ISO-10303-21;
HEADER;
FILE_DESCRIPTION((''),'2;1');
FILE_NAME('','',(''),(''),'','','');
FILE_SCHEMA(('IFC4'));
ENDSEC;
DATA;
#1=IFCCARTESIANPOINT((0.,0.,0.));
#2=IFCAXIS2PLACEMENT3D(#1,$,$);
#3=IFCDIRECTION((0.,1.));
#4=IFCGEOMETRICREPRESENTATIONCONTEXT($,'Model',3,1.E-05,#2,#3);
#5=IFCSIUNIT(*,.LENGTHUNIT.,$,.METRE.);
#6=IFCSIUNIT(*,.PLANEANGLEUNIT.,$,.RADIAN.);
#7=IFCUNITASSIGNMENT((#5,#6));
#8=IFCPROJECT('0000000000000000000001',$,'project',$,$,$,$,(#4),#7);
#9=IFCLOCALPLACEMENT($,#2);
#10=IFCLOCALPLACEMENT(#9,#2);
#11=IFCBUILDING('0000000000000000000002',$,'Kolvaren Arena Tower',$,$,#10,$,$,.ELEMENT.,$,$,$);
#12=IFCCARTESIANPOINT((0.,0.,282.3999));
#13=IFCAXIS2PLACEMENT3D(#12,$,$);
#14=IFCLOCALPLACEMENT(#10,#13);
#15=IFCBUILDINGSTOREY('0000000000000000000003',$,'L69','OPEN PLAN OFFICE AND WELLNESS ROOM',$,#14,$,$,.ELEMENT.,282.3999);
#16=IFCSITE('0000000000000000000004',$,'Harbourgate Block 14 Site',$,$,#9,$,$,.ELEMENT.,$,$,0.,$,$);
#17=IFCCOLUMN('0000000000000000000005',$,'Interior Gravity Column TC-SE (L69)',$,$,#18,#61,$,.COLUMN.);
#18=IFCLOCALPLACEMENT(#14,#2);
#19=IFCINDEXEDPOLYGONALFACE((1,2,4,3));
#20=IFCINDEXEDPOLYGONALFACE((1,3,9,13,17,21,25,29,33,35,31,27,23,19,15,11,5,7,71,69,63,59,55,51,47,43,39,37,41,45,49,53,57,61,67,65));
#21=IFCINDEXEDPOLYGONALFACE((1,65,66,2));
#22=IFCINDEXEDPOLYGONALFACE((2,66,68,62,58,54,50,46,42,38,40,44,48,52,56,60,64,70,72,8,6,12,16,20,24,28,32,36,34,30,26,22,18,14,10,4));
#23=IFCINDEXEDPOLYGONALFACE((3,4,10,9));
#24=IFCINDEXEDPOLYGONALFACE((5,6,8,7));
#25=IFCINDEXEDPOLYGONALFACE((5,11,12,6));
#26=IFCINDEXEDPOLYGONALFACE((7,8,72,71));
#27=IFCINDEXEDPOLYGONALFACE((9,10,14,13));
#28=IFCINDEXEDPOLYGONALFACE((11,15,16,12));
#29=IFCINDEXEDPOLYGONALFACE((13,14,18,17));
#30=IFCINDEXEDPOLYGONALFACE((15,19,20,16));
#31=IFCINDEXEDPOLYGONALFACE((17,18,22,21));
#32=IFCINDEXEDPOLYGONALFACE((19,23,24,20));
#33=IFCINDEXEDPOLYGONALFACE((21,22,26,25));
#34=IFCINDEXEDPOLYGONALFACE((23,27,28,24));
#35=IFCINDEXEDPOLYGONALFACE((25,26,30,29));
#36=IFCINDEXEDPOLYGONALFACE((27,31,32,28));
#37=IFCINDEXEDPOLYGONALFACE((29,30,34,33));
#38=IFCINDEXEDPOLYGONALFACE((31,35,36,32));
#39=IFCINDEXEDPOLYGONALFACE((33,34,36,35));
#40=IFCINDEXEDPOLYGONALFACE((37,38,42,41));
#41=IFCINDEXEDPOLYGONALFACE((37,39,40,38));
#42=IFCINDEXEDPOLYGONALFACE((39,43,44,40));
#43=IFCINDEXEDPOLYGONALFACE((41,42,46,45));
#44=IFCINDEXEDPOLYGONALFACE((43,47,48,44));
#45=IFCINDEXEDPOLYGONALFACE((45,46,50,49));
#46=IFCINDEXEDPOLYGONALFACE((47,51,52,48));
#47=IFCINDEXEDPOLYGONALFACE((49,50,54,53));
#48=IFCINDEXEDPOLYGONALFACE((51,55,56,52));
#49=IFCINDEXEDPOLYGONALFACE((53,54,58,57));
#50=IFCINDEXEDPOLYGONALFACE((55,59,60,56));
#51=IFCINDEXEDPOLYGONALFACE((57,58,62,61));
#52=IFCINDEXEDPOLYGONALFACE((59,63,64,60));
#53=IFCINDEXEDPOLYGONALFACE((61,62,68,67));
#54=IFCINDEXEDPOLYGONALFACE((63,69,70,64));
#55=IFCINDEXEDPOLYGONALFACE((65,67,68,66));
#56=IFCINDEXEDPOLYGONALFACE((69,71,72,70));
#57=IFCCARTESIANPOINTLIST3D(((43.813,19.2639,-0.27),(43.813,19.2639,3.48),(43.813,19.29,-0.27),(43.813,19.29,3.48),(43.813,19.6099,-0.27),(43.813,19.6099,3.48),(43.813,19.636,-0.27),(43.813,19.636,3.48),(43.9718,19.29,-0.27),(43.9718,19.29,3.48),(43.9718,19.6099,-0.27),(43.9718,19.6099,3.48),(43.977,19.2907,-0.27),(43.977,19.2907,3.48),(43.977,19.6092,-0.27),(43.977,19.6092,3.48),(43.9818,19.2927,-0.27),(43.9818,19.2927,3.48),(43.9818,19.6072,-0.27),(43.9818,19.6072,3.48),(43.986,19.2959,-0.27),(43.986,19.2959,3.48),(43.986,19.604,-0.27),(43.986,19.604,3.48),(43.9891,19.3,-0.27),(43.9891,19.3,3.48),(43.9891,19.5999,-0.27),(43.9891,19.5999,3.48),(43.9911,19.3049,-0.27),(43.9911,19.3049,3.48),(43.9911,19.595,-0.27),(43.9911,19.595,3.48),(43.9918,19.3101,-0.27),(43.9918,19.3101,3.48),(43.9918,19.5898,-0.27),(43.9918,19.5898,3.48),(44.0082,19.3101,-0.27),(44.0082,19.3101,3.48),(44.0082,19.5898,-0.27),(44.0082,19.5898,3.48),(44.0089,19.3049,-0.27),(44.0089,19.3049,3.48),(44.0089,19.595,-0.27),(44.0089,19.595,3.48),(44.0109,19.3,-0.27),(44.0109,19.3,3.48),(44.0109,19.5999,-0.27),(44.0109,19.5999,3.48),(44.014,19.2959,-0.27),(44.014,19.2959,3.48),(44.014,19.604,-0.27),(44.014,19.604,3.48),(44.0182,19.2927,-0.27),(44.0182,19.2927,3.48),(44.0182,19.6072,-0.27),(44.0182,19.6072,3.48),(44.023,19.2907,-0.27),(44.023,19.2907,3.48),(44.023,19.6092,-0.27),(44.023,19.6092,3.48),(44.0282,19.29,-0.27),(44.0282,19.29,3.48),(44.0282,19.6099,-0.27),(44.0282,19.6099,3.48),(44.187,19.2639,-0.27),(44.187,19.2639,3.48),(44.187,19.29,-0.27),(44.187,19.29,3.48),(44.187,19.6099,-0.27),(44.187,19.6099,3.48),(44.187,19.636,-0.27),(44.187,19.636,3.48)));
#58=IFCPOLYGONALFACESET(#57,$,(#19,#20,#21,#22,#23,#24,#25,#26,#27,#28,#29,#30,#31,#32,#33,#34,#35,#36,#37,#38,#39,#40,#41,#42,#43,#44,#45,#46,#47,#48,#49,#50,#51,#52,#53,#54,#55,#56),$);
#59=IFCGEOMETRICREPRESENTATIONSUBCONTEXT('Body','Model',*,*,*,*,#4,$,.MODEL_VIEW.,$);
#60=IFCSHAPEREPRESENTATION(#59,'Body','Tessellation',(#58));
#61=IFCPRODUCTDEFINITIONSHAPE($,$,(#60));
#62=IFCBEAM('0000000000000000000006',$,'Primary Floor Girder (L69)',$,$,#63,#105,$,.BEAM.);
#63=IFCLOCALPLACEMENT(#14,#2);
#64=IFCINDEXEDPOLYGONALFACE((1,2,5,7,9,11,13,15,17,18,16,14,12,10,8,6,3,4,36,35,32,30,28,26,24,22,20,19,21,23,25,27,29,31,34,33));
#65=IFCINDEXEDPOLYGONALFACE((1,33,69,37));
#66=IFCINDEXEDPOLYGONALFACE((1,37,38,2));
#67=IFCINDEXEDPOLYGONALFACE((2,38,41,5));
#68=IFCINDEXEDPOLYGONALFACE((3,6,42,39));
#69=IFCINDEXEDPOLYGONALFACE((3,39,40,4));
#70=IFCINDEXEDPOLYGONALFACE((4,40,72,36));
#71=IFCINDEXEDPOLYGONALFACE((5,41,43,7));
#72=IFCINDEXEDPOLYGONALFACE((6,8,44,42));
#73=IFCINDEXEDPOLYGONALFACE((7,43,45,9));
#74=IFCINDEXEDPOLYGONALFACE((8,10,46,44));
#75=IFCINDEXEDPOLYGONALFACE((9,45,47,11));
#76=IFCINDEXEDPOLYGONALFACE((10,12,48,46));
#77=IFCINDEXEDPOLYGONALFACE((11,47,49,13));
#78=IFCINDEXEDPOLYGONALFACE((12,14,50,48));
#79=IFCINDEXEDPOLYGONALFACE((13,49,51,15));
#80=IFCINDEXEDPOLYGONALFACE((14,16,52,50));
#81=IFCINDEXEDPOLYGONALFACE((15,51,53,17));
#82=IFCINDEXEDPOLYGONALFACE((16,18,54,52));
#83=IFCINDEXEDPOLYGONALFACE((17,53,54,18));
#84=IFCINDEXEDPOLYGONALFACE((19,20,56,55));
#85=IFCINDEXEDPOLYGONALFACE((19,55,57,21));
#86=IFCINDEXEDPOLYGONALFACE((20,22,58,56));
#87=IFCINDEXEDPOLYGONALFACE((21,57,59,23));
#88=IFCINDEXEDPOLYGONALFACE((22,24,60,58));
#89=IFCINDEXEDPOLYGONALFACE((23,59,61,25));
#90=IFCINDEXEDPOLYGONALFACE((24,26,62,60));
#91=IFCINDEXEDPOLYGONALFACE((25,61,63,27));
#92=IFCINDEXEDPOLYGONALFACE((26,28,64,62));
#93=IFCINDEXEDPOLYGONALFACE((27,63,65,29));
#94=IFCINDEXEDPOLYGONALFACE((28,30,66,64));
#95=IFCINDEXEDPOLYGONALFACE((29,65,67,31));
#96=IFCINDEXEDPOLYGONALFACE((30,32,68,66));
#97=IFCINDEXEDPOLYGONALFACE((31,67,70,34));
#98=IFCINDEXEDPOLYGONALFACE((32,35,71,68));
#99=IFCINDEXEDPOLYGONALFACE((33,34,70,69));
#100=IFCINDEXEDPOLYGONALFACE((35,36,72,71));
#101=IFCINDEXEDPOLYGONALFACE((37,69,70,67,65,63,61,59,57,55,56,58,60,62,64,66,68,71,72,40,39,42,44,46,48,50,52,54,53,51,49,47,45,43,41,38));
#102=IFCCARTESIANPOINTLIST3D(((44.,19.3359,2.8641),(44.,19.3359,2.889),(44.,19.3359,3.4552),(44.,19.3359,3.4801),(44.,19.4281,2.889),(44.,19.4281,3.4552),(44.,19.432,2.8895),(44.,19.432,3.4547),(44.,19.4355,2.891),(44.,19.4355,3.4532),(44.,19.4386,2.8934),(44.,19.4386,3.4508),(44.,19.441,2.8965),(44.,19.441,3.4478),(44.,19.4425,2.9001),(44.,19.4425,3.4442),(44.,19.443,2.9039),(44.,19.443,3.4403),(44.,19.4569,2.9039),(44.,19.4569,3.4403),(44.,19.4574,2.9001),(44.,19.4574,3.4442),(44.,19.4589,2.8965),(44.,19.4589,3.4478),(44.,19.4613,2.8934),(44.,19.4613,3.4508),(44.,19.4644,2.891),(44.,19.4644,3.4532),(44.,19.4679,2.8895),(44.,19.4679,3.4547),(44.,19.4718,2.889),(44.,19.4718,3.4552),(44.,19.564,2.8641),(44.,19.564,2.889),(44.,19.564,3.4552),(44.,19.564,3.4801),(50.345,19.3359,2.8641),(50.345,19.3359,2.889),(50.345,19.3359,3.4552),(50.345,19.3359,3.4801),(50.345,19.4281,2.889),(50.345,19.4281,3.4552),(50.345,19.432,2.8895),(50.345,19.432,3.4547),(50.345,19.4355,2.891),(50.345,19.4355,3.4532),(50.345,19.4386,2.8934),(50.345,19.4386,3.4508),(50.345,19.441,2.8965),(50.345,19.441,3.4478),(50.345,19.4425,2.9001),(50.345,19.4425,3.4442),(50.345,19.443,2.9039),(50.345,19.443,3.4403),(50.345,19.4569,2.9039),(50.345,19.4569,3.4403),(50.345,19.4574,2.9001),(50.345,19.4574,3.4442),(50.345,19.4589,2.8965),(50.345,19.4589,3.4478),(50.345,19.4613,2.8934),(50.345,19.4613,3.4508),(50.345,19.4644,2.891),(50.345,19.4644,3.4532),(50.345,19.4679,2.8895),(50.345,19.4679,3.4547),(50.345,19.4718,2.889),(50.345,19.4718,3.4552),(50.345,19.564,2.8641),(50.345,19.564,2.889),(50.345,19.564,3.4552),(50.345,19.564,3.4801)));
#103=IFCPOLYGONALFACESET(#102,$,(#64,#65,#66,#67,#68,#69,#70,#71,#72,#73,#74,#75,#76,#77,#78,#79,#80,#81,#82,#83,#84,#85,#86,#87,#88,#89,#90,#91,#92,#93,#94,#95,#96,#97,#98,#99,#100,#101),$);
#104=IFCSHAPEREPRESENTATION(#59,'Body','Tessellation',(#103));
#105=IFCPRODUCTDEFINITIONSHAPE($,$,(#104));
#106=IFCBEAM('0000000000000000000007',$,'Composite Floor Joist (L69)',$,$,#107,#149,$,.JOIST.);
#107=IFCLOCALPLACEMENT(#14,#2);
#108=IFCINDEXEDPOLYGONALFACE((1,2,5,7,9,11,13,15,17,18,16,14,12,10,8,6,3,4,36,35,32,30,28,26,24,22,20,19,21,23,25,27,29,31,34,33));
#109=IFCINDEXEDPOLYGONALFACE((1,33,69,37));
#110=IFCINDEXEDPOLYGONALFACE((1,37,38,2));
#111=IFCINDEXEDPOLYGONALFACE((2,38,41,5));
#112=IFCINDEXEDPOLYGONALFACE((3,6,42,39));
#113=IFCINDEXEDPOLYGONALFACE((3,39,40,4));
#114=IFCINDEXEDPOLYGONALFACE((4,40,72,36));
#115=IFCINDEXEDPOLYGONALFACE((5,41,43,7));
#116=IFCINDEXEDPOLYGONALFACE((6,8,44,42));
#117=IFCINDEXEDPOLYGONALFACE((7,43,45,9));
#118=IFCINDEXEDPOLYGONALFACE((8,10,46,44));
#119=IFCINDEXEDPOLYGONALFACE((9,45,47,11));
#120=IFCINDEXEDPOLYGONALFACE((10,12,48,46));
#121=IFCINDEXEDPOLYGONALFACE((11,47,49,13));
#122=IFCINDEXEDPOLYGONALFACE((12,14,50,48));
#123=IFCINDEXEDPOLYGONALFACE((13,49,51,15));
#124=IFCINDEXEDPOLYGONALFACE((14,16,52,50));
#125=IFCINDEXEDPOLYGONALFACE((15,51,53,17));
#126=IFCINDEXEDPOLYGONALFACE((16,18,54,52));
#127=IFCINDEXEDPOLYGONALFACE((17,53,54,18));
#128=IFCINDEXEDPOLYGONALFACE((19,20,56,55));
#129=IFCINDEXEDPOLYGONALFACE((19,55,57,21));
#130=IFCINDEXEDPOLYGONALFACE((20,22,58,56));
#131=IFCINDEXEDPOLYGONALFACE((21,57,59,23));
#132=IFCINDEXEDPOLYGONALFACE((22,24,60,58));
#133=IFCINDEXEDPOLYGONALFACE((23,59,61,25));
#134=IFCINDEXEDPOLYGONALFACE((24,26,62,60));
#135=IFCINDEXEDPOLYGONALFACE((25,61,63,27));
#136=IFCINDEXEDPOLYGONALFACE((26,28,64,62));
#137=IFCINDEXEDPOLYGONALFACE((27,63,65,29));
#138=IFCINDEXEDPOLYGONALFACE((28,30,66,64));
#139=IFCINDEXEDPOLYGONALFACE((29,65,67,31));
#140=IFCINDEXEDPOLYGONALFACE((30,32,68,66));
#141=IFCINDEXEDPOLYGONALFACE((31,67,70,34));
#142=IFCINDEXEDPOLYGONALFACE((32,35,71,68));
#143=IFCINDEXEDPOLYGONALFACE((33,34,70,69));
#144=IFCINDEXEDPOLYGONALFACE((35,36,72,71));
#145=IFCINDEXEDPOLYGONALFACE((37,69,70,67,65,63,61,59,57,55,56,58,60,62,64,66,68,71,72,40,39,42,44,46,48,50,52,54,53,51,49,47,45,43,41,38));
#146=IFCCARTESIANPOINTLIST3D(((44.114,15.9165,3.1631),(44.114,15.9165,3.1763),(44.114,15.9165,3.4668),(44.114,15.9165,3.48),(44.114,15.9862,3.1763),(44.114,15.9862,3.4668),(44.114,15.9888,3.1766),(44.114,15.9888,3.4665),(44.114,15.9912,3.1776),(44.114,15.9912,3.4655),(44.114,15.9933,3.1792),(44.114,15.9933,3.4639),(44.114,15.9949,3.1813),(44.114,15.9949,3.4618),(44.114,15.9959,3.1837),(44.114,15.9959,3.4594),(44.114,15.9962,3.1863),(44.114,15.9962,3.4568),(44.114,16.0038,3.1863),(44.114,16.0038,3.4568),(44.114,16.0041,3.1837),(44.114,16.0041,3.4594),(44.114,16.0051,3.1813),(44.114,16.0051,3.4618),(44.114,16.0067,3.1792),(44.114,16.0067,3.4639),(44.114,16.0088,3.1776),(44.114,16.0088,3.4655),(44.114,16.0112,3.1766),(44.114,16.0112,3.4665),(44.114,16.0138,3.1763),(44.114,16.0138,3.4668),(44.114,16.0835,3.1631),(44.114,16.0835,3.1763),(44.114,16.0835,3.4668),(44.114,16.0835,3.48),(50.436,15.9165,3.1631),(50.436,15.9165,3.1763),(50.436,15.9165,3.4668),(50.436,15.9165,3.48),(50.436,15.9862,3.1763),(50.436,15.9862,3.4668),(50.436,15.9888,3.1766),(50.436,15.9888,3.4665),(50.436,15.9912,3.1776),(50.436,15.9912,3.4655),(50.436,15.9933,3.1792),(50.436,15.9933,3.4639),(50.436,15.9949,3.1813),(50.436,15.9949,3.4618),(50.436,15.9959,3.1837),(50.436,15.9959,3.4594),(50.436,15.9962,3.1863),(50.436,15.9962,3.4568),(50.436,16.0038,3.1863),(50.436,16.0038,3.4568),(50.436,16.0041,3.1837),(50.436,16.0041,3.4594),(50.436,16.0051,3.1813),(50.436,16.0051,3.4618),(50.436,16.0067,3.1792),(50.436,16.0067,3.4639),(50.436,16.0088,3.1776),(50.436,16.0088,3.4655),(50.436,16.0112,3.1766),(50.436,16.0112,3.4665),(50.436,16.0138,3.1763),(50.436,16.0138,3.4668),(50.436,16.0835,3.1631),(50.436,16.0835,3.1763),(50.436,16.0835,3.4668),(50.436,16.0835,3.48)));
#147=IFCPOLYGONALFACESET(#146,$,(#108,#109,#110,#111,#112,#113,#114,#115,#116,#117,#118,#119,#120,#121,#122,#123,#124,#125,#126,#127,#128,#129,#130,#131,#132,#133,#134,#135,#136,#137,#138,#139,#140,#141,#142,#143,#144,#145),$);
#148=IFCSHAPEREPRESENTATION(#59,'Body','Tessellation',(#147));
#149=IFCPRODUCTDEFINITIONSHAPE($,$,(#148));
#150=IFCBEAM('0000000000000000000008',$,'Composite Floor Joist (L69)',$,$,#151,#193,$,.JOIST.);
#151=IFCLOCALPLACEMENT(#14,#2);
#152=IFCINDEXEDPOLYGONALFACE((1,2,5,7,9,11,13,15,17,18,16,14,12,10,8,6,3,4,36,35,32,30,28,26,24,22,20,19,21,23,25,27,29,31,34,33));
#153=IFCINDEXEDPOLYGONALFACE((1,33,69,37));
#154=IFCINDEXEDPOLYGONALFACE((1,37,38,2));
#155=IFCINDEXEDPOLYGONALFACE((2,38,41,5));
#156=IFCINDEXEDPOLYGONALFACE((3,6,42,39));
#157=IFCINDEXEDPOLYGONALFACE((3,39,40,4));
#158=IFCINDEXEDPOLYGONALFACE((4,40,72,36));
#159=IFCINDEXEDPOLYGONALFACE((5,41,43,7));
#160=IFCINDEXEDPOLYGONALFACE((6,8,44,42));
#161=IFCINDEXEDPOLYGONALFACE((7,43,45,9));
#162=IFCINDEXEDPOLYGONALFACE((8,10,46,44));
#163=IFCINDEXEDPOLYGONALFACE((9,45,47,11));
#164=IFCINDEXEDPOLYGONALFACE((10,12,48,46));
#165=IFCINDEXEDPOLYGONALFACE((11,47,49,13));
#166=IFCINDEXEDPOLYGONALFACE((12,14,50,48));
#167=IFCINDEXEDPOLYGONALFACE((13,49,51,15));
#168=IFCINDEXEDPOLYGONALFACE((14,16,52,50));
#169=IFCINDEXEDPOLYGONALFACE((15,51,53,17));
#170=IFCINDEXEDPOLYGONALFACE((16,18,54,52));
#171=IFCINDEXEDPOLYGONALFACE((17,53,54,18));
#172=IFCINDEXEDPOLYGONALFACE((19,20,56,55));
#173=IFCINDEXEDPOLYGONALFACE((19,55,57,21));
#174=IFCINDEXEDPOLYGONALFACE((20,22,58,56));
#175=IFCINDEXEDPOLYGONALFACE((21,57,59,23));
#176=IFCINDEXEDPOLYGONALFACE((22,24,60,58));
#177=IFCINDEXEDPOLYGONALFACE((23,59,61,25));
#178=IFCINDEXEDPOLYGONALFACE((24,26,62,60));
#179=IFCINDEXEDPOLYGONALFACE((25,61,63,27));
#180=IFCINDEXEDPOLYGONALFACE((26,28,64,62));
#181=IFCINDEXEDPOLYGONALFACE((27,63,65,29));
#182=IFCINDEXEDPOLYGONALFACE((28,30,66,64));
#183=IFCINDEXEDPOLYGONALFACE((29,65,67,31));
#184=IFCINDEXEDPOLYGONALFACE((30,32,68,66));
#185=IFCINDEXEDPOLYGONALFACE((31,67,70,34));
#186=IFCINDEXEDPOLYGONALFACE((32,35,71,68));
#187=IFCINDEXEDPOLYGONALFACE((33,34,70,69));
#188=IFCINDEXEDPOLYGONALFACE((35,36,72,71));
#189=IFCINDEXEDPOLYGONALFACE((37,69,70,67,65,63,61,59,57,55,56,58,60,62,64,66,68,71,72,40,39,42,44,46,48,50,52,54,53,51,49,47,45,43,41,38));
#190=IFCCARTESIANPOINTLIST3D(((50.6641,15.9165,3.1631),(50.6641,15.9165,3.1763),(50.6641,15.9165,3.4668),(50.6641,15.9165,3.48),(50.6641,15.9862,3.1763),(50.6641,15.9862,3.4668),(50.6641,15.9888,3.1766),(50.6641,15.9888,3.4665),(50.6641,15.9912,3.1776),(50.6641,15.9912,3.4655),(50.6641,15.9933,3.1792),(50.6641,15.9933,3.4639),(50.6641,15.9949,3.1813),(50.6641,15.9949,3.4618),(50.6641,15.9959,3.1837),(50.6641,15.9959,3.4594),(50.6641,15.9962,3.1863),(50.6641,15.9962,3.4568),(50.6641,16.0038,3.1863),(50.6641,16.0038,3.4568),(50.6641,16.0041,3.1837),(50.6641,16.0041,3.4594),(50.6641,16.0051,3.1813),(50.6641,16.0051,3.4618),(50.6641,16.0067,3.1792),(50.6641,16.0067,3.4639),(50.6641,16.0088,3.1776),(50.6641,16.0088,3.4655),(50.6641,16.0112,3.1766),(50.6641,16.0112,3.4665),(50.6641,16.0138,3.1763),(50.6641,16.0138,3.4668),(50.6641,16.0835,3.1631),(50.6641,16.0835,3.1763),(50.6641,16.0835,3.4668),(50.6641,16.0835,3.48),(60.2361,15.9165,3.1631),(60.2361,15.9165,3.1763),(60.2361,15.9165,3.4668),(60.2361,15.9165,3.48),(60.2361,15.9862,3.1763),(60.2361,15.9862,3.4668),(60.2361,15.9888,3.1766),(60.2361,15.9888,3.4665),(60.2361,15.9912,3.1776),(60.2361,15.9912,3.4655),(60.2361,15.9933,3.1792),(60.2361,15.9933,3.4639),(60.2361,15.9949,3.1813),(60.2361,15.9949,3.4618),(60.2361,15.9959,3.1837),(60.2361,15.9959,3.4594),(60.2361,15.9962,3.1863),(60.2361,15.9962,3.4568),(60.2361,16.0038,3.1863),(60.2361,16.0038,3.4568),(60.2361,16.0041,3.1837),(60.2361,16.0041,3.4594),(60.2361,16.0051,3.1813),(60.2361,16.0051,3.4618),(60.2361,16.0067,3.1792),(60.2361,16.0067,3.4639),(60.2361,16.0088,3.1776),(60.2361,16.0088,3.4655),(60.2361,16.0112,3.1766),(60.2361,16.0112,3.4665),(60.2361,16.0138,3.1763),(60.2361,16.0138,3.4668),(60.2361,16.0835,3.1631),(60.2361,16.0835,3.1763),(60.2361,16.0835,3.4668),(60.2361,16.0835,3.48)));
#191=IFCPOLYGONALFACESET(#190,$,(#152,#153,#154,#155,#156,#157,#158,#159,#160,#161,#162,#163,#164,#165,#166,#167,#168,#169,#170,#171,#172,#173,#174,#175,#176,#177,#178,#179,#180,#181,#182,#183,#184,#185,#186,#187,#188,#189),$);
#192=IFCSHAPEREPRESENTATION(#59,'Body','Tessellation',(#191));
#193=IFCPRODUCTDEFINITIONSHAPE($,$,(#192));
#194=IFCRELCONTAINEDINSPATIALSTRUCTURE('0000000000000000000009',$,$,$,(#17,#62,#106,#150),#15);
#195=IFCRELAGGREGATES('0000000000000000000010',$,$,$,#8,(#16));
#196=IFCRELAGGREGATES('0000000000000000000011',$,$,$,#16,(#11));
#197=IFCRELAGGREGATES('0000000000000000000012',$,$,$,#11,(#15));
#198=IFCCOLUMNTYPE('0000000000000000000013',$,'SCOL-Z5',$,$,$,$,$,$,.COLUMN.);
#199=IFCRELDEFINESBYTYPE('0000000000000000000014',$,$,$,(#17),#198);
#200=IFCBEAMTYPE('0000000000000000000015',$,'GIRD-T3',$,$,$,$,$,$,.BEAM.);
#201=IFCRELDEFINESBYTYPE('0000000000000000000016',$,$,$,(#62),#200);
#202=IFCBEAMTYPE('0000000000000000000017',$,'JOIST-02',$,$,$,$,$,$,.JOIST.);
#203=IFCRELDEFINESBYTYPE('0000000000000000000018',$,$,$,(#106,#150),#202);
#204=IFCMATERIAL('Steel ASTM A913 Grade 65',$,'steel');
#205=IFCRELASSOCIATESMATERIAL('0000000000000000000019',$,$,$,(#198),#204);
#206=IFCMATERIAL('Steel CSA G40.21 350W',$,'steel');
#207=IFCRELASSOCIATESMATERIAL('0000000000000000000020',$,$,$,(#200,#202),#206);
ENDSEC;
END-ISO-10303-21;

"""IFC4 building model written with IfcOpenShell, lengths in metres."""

from ifc_helpers import new_model, si_unit, direction, frame, origin, origin_2d, place, context, subcontext, project, spatial, i_section, extrude, material, material_profile, profile_set, type_object, element, save


model = new_model("IFC4")

# Units and contexts
model_context = context("Model", 3, precision=1e-05, world=origin(), true_north=direction((0.0, 1.0)))
body_context = subcontext(model_context, "Body", "Model", "MODEL_VIEW")
ifc_project = project(units=[si_unit("LENGTHUNIT", "METRE"), si_unit("PLANEANGLEUNIT", "RADIAN")], contexts=[model_context])

# Site, building, storey
site_placement = place(None, origin())
site = spatial("IfcSite", under=ifc_project, at=site_placement, Name="Harbourgate Block 14 Site", CompositionType="ELEMENT", RefElevation=0.0)
building_placement = place(site_placement, origin())
building = spatial("IfcBuilding", under=site, at=building_placement, Name="Kolvaren Arena Tower", CompositionType="ELEMENT")
storey_placement = place(building_placement, frame((0.0, 0.0, 282.3999)))
storey = spatial("IfcBuildingStorey", under=building, at=storey_placement, Name="L69", Description="OPEN PLAN OFFICE AND WELLNESS ROOM", CompositionType="ELEMENT", Elevation=282.3999)

# Column
ifc_material_1 = material(Name="Steel ASTM A913 Grade 65", Category="steel")
ifc_material_profile_1 = material_profile(ifc_material_1, i_section(OverallWidth=0.374, OverallDepth=0.3721, WebThickness=0.0164, FlangeThickness=0.0261, FilletRadius=0.02, at=origin_2d()), Name="W360x196")
ifc_profile_set_1 = profile_set([ifc_material_profile_1], Name="Steel ASTM A913 Grade 65")
column_type = type_object("IfcColumnType", Name="SCOL-Z5", PredefinedType="COLUMN", material=ifc_profile_set_1)
column_placement = place(storey_placement, frame((44.0, 19.45, -0.27), z_axis=(0.0, 0.0, 1.0), x_axis=(1.0, 0.0, 0.0)))
element("IfcColumn", 1, at=column_placement, inside=storey, type_object=column_type, Name="Interior Gravity Column TC-SE (L69)", PredefinedType="COLUMN", context=body_context, shape_type="SweptSolid", body=[
    extrude(i_section(OverallWidth=0.374, OverallDepth=0.3721, WebThickness=0.0164, FlangeThickness=0.0261, FilletRadius=0.02, at=origin_2d()), origin(), (0.0, 0.0, 1.0), 3.75),
])

# Beams
ifc_material_2 = material(Name="Steel CSA G40.21 350W", Category="steel")
ifc_material_profile_2 = material_profile(ifc_material_2, i_section(OverallWidth=0.228, OverallDepth=0.616, WebThickness=0.0139, FlangeThickness=0.0249, FilletRadius=0.0149, at=origin_2d()), Name="W610x174")
ifc_profile_set_2 = profile_set([ifc_material_profile_2], Name="Steel CSA G40.21 350W")
beam_type_1 = type_object("IfcBeamType", Name="GIRD-T3", PredefinedType="BEAM", material=ifc_profile_set_2)
beam_1_placement = place(storey_placement, frame((44.0, 19.45, 3.1721), z_axis=(1.0, 0.0, 0.0), x_axis=(0.0, 1.0, 0.0)))
element("IfcBeam", 2, at=beam_1_placement, inside=storey, type_object=beam_type_1, Name="Primary Floor Girder (L69)", PredefinedType="BEAM", context=body_context, shape_type="SweptSolid", body=[
    extrude(i_section(OverallWidth=0.228, OverallDepth=0.616, WebThickness=0.0139, FlangeThickness=0.0249, FilletRadius=0.0149, at=origin_2d()), origin(), (0.0, 0.0, 1.0), 6.345),
])
ifc_material_profile_3 = material_profile(ifc_material_2, i_section(OverallWidth=0.167, OverallDepth=0.3169, WebThickness=0.0076, FlangeThickness=0.0132, FilletRadius=0.01, at=origin_2d()), Name="W310x52")
ifc_profile_set_3 = profile_set([ifc_material_profile_3], Name="Steel CSA G40.21 350W")
beam_type_2 = type_object("IfcBeamType", Name="JOIST-02", PredefinedType="JOIST", material=ifc_profile_set_3)
beam_2_placement = place(storey_placement, frame((44.114, 16.0, 3.3215), z_axis=(1.0, 0.0, 0.0), x_axis=(0.0, 1.0, 0.0)))
element("IfcBeam", 3, at=beam_2_placement, inside=storey, type_object=beam_type_2, Name="Composite Floor Joist (L69)", PredefinedType="JOIST", context=body_context, shape_type="SweptSolid", body=[
    extrude(i_section(OverallWidth=0.167, OverallDepth=0.3169, WebThickness=0.0076, FlangeThickness=0.0132, FilletRadius=0.01, at=origin_2d()), origin(), (0.0, 0.0, 1.0), 6.322),
])
beam_3_placement = place(storey_placement, frame((50.6641, 16.0, 3.3215), z_axis=(1.0, 0.0, 0.0), x_axis=(0.0, 1.0, 0.0)))
element("IfcBeam", 4, at=beam_3_placement, inside=storey, type_object=beam_type_2, Name="Composite Floor Joist (L69)", PredefinedType="JOIST", context=body_context, shape_type="SweptSolid", body=[
    extrude(i_section(OverallWidth=0.167, OverallDepth=0.3169, WebThickness=0.0076, FlangeThickness=0.0132, FilletRadius=0.01, at=origin_2d()), origin(), (0.0, 0.0, 1.0), 9.572),
])

save(model, "model.ifc")
